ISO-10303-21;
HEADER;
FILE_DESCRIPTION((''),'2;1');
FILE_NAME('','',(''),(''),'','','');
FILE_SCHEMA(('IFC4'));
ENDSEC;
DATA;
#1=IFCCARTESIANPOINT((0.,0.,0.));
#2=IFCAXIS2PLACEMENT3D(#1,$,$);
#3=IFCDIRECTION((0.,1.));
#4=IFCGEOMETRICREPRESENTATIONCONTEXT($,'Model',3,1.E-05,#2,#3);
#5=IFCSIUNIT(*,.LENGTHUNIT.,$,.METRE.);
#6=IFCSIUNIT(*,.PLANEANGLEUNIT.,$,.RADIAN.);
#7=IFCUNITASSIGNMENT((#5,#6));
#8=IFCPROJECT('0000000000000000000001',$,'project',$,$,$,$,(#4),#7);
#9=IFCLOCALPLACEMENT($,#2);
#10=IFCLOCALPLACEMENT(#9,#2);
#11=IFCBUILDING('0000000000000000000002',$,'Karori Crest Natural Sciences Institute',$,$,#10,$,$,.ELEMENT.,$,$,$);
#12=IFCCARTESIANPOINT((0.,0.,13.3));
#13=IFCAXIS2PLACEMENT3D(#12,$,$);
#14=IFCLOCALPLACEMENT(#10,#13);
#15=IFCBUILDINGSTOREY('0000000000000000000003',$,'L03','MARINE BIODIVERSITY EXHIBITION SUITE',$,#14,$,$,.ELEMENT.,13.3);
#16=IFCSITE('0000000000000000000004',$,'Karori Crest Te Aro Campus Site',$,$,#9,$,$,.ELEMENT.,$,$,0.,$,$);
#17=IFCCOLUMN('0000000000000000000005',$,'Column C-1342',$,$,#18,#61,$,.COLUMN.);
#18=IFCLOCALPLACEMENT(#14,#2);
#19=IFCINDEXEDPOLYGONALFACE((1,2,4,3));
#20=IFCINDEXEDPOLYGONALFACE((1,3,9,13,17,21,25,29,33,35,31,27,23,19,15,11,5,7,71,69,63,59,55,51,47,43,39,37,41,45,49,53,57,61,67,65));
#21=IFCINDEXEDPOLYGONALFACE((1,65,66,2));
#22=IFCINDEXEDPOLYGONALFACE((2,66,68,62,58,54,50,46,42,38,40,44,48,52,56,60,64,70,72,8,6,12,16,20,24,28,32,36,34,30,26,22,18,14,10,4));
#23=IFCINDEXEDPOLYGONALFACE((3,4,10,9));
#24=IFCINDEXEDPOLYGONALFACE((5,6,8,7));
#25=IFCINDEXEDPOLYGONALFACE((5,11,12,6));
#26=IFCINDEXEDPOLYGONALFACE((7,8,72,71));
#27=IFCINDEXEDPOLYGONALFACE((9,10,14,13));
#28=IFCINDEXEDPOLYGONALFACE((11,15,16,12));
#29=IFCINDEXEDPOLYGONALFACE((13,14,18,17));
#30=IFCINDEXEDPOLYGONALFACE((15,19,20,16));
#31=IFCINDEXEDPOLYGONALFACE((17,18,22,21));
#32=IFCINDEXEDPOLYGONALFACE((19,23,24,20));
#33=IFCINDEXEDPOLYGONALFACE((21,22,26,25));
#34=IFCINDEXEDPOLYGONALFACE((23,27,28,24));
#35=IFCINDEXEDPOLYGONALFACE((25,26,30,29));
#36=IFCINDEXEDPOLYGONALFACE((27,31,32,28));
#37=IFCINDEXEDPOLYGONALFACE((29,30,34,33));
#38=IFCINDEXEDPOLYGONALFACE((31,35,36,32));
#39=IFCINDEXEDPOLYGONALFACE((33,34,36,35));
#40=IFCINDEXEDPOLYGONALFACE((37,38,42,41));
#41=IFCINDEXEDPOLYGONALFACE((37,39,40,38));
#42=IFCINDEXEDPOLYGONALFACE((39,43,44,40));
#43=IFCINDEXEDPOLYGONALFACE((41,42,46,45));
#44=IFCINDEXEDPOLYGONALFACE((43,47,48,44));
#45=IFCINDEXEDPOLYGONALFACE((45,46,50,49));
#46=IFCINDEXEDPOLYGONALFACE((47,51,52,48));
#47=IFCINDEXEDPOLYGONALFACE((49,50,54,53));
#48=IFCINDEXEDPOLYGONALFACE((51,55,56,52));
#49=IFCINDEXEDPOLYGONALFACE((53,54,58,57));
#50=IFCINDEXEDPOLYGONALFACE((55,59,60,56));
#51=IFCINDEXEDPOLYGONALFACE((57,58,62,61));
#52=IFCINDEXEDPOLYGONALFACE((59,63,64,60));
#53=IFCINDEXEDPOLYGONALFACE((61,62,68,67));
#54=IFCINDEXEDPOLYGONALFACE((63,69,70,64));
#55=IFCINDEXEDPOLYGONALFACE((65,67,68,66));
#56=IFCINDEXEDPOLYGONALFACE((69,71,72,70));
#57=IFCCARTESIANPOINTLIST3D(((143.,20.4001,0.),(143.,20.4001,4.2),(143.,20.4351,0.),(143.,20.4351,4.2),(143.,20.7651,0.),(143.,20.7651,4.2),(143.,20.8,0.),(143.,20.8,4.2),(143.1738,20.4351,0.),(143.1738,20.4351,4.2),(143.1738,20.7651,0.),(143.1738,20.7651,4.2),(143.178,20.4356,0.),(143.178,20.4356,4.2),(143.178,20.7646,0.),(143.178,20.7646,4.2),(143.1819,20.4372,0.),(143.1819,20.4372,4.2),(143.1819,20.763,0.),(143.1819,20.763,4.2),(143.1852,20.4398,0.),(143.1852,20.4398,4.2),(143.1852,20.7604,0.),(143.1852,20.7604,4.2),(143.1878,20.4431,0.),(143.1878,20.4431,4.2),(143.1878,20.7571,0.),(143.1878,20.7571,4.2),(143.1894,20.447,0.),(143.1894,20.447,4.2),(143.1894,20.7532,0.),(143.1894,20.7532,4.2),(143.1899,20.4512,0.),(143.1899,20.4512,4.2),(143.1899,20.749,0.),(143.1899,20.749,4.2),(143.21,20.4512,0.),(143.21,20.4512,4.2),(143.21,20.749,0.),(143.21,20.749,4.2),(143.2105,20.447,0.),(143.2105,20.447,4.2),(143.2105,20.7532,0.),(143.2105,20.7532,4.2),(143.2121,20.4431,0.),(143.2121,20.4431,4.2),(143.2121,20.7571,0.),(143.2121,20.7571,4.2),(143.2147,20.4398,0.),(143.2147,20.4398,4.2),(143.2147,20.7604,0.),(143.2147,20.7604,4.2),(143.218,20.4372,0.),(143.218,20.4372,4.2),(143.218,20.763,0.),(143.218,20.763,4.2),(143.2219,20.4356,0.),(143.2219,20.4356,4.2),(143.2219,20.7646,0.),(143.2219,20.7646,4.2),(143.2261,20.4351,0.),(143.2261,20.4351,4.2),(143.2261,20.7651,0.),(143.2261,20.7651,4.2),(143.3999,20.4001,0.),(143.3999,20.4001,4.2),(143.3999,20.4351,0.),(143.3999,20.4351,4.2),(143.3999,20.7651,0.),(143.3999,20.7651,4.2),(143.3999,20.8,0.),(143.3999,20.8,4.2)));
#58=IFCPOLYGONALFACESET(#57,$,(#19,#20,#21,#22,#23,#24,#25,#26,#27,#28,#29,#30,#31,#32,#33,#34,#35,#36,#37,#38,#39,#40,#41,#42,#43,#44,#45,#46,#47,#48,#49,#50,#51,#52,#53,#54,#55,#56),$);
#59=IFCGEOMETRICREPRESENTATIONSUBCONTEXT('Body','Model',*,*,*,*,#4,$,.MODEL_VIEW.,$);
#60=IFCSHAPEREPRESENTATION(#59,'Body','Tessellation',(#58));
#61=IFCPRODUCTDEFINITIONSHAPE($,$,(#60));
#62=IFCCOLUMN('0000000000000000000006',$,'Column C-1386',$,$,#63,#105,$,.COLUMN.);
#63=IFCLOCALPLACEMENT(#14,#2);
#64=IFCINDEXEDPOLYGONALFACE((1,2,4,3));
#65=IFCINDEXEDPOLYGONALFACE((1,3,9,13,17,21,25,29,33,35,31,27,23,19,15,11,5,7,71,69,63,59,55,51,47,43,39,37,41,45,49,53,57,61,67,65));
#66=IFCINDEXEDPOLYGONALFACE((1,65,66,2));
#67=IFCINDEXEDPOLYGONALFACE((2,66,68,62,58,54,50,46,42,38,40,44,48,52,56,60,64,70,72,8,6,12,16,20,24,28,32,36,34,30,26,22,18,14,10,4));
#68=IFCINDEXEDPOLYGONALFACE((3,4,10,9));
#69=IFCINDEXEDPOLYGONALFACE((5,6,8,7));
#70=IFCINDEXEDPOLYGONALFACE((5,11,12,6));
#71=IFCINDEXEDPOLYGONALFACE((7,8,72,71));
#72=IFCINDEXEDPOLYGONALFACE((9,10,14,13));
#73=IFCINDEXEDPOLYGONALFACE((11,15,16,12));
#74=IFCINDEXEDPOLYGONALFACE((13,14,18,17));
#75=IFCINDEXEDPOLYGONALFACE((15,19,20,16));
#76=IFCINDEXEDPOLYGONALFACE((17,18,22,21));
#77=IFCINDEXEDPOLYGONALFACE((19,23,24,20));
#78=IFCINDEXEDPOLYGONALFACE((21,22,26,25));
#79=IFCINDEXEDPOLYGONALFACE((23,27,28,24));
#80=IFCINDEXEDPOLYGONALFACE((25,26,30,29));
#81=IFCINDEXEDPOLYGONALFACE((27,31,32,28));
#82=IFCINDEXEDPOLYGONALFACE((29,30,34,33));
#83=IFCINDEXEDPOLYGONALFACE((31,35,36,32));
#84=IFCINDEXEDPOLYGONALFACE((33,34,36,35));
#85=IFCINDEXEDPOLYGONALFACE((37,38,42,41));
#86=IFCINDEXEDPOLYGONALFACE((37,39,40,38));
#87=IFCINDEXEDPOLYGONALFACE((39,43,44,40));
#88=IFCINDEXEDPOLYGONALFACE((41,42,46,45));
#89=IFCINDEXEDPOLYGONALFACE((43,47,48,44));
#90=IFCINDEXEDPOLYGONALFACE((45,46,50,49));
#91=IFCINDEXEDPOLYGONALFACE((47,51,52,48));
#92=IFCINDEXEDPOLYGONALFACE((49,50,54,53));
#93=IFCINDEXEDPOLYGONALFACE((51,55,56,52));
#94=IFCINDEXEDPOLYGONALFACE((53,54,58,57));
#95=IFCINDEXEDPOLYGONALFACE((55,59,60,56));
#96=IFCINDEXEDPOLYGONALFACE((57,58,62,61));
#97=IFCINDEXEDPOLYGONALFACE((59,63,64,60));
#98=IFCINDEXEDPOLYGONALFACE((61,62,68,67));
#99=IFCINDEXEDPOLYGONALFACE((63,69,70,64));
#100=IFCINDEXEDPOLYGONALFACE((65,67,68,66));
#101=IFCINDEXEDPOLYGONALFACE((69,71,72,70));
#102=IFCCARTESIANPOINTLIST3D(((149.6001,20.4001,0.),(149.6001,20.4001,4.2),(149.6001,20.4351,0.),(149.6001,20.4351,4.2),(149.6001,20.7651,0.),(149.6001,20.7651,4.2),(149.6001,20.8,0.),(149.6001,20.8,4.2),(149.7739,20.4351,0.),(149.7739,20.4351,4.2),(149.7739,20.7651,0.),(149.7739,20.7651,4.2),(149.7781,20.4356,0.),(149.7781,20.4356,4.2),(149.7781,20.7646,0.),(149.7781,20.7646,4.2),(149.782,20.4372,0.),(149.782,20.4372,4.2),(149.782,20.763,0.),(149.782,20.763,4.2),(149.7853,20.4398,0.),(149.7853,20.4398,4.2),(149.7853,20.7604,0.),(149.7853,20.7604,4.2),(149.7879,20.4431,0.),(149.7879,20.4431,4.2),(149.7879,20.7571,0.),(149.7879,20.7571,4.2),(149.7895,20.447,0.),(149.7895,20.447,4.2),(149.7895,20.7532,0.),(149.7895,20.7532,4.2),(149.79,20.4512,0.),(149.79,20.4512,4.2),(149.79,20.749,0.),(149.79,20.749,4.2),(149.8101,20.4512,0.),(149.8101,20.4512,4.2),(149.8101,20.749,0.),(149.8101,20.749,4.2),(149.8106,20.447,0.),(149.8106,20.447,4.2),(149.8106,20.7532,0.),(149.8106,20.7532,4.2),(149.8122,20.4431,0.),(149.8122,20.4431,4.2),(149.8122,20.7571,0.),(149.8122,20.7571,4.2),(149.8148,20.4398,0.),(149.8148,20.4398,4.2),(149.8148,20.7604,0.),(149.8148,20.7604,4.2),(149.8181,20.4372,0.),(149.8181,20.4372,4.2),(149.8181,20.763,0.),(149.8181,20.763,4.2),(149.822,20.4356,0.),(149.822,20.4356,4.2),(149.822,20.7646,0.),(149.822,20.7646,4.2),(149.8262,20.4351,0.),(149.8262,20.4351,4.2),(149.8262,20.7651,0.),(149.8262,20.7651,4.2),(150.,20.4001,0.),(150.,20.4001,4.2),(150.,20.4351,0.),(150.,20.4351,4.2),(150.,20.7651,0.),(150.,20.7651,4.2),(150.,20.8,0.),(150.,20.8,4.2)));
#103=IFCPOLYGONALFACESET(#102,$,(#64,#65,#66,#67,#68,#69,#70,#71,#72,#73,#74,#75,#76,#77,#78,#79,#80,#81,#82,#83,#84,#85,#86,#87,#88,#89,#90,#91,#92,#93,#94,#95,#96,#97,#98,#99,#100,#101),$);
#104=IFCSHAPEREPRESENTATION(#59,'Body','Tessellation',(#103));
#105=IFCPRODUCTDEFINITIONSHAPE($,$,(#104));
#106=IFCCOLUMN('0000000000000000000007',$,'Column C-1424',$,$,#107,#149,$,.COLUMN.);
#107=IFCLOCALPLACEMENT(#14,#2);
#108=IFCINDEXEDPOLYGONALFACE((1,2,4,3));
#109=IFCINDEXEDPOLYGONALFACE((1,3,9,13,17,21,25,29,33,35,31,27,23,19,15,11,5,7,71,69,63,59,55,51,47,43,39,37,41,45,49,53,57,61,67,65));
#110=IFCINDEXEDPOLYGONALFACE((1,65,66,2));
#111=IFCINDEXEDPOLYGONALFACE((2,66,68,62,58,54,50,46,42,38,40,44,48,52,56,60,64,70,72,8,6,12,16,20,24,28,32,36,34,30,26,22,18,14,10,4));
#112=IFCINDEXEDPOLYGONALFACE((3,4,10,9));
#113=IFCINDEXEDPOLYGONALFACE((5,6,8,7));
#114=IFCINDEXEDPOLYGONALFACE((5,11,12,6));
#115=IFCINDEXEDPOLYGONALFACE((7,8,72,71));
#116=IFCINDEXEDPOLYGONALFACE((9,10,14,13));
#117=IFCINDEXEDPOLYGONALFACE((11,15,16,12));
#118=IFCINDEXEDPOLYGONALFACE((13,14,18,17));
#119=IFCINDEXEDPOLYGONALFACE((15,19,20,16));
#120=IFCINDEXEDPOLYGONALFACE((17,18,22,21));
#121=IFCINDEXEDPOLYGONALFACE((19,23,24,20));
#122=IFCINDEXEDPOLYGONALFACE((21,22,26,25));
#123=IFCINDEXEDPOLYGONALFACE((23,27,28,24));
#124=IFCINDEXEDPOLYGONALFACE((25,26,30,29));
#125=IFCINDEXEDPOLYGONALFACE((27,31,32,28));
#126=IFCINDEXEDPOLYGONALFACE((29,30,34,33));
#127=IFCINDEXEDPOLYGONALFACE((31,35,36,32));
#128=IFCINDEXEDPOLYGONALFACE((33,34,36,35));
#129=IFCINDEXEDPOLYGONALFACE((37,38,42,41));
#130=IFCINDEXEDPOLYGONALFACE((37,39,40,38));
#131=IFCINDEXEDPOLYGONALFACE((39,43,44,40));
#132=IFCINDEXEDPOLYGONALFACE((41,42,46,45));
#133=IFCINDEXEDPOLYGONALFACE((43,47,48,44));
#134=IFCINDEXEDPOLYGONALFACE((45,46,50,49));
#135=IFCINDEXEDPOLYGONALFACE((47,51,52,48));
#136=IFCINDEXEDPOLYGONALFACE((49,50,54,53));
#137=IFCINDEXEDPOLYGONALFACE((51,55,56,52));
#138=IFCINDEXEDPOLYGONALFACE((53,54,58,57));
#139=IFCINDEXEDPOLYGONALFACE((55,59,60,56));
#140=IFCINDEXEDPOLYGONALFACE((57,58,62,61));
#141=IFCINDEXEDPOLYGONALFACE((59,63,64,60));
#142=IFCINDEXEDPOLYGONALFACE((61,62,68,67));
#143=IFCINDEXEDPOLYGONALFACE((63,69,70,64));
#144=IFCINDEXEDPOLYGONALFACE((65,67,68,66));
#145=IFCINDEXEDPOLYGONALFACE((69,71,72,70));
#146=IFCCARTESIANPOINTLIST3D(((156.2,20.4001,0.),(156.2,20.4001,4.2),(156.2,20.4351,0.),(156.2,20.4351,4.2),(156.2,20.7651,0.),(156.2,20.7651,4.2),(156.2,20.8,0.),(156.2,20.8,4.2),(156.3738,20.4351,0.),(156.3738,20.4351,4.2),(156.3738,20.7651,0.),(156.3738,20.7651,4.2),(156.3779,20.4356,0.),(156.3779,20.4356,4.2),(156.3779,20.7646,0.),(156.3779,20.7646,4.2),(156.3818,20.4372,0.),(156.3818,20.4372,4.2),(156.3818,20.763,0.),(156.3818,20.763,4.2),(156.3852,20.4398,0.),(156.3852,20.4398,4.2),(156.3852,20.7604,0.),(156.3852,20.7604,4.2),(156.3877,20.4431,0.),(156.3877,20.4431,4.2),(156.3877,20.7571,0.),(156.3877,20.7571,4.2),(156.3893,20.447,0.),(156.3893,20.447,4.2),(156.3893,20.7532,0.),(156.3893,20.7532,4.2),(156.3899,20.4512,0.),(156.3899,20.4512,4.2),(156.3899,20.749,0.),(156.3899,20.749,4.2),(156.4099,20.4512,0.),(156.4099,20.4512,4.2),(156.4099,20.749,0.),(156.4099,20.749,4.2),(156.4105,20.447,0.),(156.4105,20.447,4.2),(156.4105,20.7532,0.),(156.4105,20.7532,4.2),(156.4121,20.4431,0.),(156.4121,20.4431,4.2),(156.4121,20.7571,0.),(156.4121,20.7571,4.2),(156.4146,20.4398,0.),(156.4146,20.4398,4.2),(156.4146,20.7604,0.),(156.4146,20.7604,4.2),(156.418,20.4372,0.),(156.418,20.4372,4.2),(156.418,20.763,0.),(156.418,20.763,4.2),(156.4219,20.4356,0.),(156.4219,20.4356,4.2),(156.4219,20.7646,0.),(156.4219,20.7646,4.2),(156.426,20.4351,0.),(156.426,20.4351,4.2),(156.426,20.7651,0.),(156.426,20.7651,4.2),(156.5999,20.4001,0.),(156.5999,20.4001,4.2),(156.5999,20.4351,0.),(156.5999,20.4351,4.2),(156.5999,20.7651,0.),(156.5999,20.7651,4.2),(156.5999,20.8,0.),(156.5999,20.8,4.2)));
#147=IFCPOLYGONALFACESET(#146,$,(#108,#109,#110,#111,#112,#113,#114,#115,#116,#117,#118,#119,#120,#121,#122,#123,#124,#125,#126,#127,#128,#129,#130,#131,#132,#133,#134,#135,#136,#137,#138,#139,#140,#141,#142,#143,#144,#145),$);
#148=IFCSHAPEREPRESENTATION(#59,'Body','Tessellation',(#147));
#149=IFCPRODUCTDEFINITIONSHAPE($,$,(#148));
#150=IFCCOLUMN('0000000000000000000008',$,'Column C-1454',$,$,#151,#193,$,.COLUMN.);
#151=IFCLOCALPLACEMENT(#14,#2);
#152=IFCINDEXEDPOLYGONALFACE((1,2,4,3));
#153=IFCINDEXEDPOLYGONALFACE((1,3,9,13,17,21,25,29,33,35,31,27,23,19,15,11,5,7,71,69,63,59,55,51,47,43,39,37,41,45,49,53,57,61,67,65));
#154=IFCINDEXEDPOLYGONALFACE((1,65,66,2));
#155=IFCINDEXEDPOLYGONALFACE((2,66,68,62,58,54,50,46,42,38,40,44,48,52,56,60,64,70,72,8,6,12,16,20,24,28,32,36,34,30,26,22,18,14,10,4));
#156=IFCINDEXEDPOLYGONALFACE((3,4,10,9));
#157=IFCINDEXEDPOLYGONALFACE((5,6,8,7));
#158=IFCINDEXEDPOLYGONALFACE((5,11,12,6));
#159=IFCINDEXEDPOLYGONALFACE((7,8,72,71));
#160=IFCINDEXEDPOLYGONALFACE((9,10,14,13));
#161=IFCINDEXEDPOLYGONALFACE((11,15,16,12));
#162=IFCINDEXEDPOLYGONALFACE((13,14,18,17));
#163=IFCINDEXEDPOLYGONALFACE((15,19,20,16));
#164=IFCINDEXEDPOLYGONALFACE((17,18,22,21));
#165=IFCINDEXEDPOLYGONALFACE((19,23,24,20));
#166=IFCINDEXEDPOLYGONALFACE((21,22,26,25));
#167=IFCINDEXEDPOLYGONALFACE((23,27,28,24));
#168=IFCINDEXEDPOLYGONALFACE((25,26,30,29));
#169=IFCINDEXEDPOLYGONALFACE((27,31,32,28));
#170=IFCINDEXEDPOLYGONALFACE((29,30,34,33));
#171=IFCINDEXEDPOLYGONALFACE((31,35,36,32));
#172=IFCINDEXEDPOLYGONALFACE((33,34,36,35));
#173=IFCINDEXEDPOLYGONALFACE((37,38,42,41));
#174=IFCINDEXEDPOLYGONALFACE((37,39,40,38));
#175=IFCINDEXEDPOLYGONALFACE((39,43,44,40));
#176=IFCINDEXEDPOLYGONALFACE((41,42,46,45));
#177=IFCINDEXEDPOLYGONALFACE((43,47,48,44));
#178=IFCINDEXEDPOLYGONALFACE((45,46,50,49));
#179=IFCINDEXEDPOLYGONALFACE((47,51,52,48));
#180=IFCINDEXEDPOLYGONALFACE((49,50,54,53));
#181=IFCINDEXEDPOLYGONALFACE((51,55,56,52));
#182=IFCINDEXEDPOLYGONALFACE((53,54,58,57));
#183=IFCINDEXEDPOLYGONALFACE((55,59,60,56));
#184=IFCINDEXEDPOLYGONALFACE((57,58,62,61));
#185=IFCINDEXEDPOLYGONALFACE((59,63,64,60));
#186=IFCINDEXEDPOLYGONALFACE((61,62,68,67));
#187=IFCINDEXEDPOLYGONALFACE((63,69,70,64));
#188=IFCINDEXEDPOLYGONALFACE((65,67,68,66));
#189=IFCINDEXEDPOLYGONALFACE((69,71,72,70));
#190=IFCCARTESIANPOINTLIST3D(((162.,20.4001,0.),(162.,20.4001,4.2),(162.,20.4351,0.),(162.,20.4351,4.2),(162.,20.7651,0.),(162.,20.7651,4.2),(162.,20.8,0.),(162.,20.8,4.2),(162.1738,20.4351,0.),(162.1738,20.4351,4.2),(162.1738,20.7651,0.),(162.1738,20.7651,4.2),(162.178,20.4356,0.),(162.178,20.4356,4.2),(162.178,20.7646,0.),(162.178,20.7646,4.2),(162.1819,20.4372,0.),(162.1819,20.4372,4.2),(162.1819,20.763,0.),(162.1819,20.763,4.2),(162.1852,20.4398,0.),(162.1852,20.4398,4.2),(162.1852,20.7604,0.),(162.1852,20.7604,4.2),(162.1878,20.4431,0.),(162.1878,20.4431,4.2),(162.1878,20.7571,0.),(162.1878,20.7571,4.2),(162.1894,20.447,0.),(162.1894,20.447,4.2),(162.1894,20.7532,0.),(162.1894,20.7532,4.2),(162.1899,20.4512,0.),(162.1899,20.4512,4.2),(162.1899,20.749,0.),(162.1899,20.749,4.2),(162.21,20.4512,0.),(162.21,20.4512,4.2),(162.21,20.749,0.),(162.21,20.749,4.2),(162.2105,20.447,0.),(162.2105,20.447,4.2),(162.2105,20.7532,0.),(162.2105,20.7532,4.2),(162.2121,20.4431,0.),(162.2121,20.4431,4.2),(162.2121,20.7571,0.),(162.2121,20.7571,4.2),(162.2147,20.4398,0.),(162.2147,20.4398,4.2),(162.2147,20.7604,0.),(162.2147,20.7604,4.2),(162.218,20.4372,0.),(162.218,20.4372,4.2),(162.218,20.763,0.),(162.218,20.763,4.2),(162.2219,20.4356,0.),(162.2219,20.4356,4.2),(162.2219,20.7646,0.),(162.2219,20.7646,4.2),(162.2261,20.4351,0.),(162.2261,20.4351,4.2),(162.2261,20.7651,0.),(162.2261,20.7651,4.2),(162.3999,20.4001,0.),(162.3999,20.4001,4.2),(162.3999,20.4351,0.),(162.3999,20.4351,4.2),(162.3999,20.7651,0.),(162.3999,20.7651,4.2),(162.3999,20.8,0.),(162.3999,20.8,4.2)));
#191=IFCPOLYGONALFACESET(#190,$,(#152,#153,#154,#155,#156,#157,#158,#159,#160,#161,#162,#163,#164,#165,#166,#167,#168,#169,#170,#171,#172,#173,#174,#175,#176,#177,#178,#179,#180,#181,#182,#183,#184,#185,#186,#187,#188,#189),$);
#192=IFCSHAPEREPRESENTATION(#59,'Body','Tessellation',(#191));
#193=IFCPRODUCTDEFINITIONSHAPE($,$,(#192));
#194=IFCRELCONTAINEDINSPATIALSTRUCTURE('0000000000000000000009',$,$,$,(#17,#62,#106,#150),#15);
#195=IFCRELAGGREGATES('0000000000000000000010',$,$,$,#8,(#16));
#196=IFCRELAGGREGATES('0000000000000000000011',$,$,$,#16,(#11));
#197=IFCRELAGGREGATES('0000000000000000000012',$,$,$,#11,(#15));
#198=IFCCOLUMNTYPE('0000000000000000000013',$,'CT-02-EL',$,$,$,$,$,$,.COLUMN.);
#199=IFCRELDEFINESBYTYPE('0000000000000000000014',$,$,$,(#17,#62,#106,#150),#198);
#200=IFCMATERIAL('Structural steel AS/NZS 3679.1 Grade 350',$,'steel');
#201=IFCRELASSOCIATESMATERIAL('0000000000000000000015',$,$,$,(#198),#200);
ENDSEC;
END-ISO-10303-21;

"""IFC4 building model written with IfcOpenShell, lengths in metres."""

from ifc_helpers import new_model, si_unit, direction, frame, origin, origin_2d, place, context, subcontext, project, spatial, i_section, extrude, material, material_profile, profile_set, type_object, element, save


model = new_model("IFC4")

# Units and contexts
model_context = context("Model", 3, precision=1e-05, world=origin(), true_north=direction((0.0, 1.0)))
body_context = subcontext(model_context, "Body", "Model", "MODEL_VIEW")
ifc_project = project(units=[si_unit("LENGTHUNIT", "METRE"), si_unit("PLANEANGLEUNIT", "RADIAN")], contexts=[model_context])

# Site, building, storey
site_placement = place(None, origin())
site = spatial("IfcSite", under=ifc_project, at=site_placement, Name="Karori Crest Te Aro Campus Site", CompositionType="ELEMENT", RefElevation=0.0)
building_placement = place(site_placement, origin())
building = spatial("IfcBuilding", under=site, at=building_placement, Name="Karori Crest Natural Sciences Institute", CompositionType="ELEMENT")
storey_placement = place(building_placement, frame((0.0, 0.0, 13.3)))
storey = spatial("IfcBuildingStorey", under=building, at=storey_placement, Name="L03", Description="MARINE BIODIVERSITY EXHIBITION SUITE", CompositionType="ELEMENT", Elevation=13.3)

# Columns
ifc_material_1 = material(Name="Structural steel AS/NZS 3679.1 Grade 350", Category="steel")
ifc_material_profile_1 = material_profile(ifc_material_1, i_section(OverallWidth=0.3999, OverallDepth=0.3999, WebThickness=0.02, FlangeThickness=0.0349, FilletRadius=0.0161, at=origin_2d()), Name="400WC328")
ifc_profile_set_1 = profile_set([ifc_material_profile_1], Name="Structural steel AS/NZS 3679.1 Grade 350")
column_type_1 = type_object("IfcColumnType", Name="CT-02-EL", PredefinedType="COLUMN", material=ifc_profile_set_1)
for number, where, z_axis, x_axis, name in (
    (1, (143.2, 20.6001, 0.0), (0.0, 0.0, 1.0), (1.0, 0.0, 0.0), "Column C-1342"),
    (2, (149.8, 20.6001, 0.0), (0.0, 0.0, 1.0), (1.0, 0.0, 0.0), "Column C-1386"),
    (3, (156.3999, 20.6001, 0.0), (0.0, 0.0, 1.0), (1.0, 0.0, 0.0), "Column C-1424"),
    (4, (162.2, 20.6001, 0.0), (0.0, 0.0, 1.0), (1.0, 0.0, 0.0), "Column C-1454"),
):
    element("IfcColumn", number, at=place(storey_placement, frame(where, z_axis=z_axis, x_axis=x_axis)), inside=storey, type_object=column_type_1, Name=name, PredefinedType="COLUMN", context=body_context, shape_type="SweptSolid", body=[
        extrude(i_section(OverallWidth=0.3999, OverallDepth=0.3999, WebThickness=0.02, FlangeThickness=0.0349, FilletRadius=0.0161, at=origin_2d()), origin(), (0.0, 0.0, 1.0), 4.2),
    ])

save(model, "model.ifc")
